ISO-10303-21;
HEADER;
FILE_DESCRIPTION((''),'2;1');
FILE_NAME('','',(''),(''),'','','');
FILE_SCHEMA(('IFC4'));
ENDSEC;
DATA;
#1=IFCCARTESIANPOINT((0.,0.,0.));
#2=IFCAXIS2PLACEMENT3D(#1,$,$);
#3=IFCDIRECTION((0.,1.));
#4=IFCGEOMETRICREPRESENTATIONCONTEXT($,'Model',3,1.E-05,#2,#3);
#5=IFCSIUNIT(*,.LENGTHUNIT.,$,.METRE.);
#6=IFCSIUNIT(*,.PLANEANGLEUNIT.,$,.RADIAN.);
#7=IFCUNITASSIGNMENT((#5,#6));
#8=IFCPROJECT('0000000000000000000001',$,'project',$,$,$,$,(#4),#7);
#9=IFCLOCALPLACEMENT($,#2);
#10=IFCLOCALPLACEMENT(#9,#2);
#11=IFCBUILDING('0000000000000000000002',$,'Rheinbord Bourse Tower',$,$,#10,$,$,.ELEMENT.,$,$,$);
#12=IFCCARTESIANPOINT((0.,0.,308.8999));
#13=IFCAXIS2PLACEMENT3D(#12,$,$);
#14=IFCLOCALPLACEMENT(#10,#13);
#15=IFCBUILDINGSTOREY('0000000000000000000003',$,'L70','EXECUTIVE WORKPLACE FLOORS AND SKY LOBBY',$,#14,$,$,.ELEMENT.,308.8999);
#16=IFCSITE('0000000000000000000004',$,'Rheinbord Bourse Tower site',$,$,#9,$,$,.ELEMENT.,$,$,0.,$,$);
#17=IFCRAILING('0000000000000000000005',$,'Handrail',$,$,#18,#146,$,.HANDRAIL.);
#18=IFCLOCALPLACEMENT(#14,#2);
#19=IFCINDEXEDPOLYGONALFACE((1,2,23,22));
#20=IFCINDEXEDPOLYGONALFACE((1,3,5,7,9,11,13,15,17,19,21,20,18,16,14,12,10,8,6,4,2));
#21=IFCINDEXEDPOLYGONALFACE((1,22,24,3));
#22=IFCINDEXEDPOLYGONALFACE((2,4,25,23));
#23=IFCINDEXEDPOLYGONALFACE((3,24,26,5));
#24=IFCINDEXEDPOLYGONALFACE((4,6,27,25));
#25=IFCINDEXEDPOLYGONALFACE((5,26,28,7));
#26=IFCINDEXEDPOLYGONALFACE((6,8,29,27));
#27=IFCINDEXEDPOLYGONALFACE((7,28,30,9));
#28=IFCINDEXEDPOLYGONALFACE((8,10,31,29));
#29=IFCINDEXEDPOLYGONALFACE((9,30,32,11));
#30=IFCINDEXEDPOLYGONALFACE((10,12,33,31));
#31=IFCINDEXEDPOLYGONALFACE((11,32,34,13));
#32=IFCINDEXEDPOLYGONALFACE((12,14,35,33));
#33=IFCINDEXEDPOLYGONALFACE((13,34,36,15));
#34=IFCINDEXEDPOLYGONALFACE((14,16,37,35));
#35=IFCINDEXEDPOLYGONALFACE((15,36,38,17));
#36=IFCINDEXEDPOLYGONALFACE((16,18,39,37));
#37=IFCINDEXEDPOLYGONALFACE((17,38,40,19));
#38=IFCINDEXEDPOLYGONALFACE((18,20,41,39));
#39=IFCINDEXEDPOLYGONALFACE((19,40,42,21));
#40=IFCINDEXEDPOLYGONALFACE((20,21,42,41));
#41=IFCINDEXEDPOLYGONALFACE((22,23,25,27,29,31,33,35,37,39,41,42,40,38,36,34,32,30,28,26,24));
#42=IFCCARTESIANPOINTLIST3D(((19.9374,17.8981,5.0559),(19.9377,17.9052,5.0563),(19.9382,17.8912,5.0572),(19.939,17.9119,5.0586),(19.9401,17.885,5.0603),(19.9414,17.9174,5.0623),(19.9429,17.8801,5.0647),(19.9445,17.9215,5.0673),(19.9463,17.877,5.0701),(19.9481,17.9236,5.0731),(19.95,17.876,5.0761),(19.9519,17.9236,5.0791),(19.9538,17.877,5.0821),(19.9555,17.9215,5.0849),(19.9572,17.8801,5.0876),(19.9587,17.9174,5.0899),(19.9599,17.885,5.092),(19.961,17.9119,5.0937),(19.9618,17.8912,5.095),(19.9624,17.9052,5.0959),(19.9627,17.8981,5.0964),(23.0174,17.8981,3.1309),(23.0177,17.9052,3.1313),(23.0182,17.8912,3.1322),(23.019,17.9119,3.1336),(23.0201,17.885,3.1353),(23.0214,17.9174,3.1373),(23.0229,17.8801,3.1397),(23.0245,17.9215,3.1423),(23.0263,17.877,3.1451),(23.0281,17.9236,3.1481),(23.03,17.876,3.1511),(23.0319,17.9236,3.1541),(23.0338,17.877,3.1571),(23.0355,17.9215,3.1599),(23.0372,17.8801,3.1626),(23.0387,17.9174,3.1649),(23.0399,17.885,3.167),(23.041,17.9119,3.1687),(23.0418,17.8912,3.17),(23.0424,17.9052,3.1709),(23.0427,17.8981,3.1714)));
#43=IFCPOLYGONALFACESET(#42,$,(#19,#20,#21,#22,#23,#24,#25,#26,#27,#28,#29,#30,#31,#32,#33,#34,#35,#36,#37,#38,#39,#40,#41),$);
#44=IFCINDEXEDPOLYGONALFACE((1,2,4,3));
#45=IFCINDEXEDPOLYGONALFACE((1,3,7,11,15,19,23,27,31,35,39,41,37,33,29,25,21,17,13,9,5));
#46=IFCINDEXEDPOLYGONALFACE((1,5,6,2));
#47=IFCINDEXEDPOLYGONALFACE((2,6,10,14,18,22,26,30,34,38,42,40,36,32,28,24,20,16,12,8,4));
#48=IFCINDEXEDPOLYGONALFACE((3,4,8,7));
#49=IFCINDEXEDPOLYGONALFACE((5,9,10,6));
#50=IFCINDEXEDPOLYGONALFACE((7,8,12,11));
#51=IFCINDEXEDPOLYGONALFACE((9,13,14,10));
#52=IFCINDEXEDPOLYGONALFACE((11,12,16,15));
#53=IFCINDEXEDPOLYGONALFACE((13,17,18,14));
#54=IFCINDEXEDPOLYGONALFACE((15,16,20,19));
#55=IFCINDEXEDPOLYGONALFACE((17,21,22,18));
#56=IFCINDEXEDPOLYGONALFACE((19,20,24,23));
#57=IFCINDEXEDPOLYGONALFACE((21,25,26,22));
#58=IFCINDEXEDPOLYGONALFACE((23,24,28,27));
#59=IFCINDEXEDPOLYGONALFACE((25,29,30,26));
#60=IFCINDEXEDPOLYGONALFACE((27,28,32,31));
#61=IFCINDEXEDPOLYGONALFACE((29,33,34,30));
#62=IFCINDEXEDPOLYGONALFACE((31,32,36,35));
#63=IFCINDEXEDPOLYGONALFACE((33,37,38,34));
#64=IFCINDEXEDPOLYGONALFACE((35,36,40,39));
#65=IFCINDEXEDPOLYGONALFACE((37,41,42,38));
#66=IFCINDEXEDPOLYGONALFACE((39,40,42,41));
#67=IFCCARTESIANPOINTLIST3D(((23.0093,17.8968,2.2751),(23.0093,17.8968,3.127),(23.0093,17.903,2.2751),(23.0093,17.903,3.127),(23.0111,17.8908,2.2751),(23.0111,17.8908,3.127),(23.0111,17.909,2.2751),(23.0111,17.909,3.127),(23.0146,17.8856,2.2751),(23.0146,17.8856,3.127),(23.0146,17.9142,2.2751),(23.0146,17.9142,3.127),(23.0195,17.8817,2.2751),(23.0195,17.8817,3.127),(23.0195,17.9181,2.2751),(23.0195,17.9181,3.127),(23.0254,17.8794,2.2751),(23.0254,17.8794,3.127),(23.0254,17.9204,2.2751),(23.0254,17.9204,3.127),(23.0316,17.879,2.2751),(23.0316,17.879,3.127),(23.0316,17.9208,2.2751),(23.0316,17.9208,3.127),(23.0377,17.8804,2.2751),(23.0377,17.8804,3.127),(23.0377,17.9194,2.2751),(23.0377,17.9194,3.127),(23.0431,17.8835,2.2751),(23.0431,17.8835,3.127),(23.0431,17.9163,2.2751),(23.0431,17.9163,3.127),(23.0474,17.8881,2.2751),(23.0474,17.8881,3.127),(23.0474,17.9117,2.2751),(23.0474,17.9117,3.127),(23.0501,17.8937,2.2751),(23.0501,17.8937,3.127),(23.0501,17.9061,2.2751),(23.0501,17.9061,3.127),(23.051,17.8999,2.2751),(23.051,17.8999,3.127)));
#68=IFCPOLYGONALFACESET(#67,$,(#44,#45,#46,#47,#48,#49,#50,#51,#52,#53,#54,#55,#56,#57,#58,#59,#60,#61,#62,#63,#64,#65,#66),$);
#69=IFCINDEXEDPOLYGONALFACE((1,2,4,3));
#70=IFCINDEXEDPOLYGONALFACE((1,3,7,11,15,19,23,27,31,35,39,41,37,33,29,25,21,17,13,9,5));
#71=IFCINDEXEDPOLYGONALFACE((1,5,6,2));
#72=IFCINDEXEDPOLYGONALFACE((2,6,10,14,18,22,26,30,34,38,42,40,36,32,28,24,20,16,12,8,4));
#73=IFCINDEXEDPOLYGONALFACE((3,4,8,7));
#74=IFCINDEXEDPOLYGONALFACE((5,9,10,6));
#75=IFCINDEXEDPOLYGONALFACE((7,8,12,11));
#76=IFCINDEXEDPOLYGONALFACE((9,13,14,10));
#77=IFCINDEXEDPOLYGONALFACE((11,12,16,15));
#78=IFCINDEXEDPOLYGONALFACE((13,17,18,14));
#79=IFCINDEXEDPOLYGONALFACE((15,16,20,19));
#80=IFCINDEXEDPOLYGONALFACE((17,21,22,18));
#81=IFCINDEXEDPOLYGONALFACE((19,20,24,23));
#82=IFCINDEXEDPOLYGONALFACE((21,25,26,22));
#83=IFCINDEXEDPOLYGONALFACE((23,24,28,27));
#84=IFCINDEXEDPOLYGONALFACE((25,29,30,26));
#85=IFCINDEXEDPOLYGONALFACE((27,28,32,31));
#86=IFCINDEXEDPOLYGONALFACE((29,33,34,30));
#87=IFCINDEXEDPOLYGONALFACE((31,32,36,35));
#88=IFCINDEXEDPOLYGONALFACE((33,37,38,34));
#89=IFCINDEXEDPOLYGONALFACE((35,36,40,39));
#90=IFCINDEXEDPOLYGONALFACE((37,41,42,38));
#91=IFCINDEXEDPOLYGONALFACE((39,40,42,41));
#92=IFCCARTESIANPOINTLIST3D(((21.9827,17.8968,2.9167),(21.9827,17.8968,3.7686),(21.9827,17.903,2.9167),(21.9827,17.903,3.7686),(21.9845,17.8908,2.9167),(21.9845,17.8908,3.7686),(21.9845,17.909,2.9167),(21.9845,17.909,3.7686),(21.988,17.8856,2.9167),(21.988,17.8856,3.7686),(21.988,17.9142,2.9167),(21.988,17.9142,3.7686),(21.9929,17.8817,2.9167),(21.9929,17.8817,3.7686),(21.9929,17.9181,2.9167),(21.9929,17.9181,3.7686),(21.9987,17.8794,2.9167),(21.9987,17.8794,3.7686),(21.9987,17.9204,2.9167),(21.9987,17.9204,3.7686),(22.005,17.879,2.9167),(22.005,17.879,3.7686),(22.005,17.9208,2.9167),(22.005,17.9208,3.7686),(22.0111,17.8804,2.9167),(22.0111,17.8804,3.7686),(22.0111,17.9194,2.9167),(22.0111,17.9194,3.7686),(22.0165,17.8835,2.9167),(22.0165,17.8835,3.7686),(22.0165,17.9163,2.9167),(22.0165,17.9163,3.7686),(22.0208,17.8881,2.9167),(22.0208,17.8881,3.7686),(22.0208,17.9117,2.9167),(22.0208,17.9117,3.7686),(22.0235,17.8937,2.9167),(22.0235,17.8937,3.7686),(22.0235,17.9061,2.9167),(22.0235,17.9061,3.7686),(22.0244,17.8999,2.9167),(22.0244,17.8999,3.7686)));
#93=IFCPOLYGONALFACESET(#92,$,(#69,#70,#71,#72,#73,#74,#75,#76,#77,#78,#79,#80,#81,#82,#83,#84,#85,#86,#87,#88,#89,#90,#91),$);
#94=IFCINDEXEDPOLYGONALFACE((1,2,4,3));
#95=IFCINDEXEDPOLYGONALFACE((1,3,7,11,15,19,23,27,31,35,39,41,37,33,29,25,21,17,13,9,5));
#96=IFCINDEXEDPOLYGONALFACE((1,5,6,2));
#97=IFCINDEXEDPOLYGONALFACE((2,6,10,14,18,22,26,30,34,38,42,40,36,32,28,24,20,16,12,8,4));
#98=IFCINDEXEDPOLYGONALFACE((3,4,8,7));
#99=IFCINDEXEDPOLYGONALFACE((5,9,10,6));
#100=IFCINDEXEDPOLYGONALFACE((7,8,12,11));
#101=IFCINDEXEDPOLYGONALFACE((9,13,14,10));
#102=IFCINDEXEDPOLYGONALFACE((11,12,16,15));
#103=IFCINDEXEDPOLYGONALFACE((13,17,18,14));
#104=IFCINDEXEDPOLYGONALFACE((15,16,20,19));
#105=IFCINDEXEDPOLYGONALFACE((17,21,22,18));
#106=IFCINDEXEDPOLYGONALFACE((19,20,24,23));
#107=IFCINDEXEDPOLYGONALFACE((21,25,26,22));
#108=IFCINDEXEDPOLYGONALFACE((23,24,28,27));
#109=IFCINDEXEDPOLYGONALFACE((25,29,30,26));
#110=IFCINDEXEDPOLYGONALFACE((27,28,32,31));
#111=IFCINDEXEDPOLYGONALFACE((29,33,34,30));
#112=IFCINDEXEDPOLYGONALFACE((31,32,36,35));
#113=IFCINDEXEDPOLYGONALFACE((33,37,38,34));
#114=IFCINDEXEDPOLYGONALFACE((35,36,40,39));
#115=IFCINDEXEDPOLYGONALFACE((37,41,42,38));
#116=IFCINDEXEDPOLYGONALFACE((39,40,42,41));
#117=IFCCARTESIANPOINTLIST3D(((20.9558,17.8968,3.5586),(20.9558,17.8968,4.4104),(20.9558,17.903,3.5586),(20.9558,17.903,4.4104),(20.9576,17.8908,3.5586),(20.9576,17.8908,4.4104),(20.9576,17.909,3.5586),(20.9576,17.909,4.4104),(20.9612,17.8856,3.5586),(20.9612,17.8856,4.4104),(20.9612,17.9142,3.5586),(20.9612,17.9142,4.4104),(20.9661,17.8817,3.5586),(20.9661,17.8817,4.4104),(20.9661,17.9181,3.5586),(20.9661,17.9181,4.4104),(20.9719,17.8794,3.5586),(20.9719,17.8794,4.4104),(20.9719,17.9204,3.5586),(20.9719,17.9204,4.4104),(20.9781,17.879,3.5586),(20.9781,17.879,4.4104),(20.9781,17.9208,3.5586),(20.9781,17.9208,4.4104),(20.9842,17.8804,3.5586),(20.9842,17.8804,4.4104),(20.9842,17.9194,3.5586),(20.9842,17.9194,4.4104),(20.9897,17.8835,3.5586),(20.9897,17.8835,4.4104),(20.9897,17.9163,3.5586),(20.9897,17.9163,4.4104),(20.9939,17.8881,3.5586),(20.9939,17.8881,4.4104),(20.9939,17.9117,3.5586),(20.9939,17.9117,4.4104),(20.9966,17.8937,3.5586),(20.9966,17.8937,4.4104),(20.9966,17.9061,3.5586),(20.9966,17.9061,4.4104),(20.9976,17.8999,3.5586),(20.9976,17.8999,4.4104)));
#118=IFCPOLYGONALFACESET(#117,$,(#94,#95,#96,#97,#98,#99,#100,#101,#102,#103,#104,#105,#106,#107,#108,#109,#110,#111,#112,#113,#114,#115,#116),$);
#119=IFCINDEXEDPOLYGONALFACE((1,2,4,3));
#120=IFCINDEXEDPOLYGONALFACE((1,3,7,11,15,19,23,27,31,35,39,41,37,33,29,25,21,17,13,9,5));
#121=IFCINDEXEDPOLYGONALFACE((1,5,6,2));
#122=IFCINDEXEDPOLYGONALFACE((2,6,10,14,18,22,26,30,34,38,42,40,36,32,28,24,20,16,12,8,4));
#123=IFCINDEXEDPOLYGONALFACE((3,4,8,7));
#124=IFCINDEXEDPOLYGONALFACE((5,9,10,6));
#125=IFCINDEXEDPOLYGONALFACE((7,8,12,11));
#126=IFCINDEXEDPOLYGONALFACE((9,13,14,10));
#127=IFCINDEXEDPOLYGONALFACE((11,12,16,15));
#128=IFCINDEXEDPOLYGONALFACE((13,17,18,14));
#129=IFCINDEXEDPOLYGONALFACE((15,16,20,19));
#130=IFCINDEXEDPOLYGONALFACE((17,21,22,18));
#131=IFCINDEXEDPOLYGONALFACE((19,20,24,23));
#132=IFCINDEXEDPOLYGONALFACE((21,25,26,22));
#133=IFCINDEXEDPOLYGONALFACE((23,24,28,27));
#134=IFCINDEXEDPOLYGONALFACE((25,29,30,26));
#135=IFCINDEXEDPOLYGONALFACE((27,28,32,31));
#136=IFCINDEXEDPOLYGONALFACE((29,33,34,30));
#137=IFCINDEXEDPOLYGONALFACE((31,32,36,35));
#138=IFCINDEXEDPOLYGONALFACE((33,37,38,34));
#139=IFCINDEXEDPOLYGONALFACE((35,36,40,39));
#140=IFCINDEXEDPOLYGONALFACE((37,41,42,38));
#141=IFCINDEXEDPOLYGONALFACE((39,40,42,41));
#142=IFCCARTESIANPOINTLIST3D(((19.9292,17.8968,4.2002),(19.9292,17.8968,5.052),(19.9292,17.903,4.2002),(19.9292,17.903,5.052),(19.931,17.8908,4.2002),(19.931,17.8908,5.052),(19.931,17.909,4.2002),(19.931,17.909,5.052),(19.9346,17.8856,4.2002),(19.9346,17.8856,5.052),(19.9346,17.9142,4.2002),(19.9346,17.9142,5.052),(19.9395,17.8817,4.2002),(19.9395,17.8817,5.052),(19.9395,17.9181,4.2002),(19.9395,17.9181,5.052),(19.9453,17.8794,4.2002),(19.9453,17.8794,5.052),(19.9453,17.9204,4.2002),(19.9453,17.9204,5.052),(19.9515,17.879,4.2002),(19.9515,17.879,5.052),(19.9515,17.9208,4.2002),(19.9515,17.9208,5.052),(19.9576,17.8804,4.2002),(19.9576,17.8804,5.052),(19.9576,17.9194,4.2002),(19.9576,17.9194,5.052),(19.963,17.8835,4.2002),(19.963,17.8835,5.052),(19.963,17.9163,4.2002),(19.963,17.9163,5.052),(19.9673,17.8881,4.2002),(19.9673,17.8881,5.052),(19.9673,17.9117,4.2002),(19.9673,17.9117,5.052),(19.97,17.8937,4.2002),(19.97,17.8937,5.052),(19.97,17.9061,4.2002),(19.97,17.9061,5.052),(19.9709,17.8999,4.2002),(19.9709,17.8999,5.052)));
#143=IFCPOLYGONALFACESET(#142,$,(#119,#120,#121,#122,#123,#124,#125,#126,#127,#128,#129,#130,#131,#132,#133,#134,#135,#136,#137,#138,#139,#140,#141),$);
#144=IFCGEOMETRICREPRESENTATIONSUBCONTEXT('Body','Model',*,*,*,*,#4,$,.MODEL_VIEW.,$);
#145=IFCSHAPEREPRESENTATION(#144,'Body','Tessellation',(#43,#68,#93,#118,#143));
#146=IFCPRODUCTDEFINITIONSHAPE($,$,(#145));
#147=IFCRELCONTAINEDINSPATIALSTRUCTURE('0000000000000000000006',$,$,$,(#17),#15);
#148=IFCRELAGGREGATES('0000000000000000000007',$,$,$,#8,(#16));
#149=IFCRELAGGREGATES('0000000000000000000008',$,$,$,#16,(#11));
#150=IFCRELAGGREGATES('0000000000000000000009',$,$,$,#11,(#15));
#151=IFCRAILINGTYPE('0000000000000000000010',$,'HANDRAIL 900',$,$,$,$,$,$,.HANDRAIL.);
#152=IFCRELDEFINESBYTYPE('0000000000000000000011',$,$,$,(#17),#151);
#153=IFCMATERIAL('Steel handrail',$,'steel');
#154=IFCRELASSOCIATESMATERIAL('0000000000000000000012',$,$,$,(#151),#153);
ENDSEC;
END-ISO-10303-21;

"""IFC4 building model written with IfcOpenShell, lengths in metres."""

from ifc_helpers import new_model, si_unit, direction, frame, origin, origin_2d, place, context, subcontext, project, spatial, circle, extrude, material, type_object, element, save


model = new_model("IFC4")

# Units and contexts
model_context = context("Model", 3, precision=1e-05, world=origin(), true_north=direction((0.0, 1.0)))
body_context = subcontext(model_context, "Body", "Model", "MODEL_VIEW")
ifc_project = project(units=[si_unit("LENGTHUNIT", "METRE"), si_unit("PLANEANGLEUNIT", "RADIAN")], contexts=[model_context])

# Site, building, storey
site_placement = place(None, origin())
site = spatial("IfcSite", under=ifc_project, at=site_placement, Name="Rheinbord Bourse Tower site", CompositionType="ELEMENT", RefElevation=0.0)
building_placement = place(site_placement, origin())
building = spatial("IfcBuilding", under=site, at=building_placement, Name="Rheinbord Bourse Tower", CompositionType="ELEMENT")
storey_placement = place(building_placement, frame((0.0, 0.0, 308.8999)))
storey = spatial("IfcBuildingStorey", under=building, at=storey_placement, Name="L70", Description="EXECUTIVE WORKPLACE FLOORS AND SKY LOBBY", CompositionType="ELEMENT", Elevation=308.8999)

# Railing
ifc_material_1 = material(Name="Steel handrail", Category="steel")
railing_type = type_object("IfcRailingType", Name="HANDRAIL 900", PredefinedType="HANDRAIL", material=ifc_material_1)
railing_1_placement = place(storey_placement, frame((23.03, 17.8999, 2.2751)))
element("IfcRailing", 1, at=railing_1_placement, inside=storey, type_object=railing_type, Name="Handrail", PredefinedType="HANDRAIL", context=body_context, shape_type="SweptSolid", body=[
    extrude(circle(Radius=0.0239, at=origin_2d()), frame((0.0, 0.0, 0.876), z_axis=(-0.847998, 0.0, 0.529999), x_axis=(0.0, -1.0, 0.0)), (0.0, 0.0, 1.0), 3.6321),
    extrude(circle(Radius=0.021, at=origin_2d()), origin(), (0.0, 0.0, 1.0), 0.8518),
    extrude(circle(Radius=0.021, at=origin_2d()), frame((-1.0266, 0.0, 0.6416)), (0.0, 0.0, 1.0), 0.8518),
    extrude(circle(Radius=0.021, at=origin_2d()), frame((-2.0535, 0.0, 1.2834)), (0.0, 0.0, 1.0), 0.8518),
    extrude(circle(Radius=0.021, at=origin_2d()), frame((-3.0801, 0.0, 1.925)), (0.0, 0.0, 1.0), 0.8518),
])

save(model, "model.ifc")
